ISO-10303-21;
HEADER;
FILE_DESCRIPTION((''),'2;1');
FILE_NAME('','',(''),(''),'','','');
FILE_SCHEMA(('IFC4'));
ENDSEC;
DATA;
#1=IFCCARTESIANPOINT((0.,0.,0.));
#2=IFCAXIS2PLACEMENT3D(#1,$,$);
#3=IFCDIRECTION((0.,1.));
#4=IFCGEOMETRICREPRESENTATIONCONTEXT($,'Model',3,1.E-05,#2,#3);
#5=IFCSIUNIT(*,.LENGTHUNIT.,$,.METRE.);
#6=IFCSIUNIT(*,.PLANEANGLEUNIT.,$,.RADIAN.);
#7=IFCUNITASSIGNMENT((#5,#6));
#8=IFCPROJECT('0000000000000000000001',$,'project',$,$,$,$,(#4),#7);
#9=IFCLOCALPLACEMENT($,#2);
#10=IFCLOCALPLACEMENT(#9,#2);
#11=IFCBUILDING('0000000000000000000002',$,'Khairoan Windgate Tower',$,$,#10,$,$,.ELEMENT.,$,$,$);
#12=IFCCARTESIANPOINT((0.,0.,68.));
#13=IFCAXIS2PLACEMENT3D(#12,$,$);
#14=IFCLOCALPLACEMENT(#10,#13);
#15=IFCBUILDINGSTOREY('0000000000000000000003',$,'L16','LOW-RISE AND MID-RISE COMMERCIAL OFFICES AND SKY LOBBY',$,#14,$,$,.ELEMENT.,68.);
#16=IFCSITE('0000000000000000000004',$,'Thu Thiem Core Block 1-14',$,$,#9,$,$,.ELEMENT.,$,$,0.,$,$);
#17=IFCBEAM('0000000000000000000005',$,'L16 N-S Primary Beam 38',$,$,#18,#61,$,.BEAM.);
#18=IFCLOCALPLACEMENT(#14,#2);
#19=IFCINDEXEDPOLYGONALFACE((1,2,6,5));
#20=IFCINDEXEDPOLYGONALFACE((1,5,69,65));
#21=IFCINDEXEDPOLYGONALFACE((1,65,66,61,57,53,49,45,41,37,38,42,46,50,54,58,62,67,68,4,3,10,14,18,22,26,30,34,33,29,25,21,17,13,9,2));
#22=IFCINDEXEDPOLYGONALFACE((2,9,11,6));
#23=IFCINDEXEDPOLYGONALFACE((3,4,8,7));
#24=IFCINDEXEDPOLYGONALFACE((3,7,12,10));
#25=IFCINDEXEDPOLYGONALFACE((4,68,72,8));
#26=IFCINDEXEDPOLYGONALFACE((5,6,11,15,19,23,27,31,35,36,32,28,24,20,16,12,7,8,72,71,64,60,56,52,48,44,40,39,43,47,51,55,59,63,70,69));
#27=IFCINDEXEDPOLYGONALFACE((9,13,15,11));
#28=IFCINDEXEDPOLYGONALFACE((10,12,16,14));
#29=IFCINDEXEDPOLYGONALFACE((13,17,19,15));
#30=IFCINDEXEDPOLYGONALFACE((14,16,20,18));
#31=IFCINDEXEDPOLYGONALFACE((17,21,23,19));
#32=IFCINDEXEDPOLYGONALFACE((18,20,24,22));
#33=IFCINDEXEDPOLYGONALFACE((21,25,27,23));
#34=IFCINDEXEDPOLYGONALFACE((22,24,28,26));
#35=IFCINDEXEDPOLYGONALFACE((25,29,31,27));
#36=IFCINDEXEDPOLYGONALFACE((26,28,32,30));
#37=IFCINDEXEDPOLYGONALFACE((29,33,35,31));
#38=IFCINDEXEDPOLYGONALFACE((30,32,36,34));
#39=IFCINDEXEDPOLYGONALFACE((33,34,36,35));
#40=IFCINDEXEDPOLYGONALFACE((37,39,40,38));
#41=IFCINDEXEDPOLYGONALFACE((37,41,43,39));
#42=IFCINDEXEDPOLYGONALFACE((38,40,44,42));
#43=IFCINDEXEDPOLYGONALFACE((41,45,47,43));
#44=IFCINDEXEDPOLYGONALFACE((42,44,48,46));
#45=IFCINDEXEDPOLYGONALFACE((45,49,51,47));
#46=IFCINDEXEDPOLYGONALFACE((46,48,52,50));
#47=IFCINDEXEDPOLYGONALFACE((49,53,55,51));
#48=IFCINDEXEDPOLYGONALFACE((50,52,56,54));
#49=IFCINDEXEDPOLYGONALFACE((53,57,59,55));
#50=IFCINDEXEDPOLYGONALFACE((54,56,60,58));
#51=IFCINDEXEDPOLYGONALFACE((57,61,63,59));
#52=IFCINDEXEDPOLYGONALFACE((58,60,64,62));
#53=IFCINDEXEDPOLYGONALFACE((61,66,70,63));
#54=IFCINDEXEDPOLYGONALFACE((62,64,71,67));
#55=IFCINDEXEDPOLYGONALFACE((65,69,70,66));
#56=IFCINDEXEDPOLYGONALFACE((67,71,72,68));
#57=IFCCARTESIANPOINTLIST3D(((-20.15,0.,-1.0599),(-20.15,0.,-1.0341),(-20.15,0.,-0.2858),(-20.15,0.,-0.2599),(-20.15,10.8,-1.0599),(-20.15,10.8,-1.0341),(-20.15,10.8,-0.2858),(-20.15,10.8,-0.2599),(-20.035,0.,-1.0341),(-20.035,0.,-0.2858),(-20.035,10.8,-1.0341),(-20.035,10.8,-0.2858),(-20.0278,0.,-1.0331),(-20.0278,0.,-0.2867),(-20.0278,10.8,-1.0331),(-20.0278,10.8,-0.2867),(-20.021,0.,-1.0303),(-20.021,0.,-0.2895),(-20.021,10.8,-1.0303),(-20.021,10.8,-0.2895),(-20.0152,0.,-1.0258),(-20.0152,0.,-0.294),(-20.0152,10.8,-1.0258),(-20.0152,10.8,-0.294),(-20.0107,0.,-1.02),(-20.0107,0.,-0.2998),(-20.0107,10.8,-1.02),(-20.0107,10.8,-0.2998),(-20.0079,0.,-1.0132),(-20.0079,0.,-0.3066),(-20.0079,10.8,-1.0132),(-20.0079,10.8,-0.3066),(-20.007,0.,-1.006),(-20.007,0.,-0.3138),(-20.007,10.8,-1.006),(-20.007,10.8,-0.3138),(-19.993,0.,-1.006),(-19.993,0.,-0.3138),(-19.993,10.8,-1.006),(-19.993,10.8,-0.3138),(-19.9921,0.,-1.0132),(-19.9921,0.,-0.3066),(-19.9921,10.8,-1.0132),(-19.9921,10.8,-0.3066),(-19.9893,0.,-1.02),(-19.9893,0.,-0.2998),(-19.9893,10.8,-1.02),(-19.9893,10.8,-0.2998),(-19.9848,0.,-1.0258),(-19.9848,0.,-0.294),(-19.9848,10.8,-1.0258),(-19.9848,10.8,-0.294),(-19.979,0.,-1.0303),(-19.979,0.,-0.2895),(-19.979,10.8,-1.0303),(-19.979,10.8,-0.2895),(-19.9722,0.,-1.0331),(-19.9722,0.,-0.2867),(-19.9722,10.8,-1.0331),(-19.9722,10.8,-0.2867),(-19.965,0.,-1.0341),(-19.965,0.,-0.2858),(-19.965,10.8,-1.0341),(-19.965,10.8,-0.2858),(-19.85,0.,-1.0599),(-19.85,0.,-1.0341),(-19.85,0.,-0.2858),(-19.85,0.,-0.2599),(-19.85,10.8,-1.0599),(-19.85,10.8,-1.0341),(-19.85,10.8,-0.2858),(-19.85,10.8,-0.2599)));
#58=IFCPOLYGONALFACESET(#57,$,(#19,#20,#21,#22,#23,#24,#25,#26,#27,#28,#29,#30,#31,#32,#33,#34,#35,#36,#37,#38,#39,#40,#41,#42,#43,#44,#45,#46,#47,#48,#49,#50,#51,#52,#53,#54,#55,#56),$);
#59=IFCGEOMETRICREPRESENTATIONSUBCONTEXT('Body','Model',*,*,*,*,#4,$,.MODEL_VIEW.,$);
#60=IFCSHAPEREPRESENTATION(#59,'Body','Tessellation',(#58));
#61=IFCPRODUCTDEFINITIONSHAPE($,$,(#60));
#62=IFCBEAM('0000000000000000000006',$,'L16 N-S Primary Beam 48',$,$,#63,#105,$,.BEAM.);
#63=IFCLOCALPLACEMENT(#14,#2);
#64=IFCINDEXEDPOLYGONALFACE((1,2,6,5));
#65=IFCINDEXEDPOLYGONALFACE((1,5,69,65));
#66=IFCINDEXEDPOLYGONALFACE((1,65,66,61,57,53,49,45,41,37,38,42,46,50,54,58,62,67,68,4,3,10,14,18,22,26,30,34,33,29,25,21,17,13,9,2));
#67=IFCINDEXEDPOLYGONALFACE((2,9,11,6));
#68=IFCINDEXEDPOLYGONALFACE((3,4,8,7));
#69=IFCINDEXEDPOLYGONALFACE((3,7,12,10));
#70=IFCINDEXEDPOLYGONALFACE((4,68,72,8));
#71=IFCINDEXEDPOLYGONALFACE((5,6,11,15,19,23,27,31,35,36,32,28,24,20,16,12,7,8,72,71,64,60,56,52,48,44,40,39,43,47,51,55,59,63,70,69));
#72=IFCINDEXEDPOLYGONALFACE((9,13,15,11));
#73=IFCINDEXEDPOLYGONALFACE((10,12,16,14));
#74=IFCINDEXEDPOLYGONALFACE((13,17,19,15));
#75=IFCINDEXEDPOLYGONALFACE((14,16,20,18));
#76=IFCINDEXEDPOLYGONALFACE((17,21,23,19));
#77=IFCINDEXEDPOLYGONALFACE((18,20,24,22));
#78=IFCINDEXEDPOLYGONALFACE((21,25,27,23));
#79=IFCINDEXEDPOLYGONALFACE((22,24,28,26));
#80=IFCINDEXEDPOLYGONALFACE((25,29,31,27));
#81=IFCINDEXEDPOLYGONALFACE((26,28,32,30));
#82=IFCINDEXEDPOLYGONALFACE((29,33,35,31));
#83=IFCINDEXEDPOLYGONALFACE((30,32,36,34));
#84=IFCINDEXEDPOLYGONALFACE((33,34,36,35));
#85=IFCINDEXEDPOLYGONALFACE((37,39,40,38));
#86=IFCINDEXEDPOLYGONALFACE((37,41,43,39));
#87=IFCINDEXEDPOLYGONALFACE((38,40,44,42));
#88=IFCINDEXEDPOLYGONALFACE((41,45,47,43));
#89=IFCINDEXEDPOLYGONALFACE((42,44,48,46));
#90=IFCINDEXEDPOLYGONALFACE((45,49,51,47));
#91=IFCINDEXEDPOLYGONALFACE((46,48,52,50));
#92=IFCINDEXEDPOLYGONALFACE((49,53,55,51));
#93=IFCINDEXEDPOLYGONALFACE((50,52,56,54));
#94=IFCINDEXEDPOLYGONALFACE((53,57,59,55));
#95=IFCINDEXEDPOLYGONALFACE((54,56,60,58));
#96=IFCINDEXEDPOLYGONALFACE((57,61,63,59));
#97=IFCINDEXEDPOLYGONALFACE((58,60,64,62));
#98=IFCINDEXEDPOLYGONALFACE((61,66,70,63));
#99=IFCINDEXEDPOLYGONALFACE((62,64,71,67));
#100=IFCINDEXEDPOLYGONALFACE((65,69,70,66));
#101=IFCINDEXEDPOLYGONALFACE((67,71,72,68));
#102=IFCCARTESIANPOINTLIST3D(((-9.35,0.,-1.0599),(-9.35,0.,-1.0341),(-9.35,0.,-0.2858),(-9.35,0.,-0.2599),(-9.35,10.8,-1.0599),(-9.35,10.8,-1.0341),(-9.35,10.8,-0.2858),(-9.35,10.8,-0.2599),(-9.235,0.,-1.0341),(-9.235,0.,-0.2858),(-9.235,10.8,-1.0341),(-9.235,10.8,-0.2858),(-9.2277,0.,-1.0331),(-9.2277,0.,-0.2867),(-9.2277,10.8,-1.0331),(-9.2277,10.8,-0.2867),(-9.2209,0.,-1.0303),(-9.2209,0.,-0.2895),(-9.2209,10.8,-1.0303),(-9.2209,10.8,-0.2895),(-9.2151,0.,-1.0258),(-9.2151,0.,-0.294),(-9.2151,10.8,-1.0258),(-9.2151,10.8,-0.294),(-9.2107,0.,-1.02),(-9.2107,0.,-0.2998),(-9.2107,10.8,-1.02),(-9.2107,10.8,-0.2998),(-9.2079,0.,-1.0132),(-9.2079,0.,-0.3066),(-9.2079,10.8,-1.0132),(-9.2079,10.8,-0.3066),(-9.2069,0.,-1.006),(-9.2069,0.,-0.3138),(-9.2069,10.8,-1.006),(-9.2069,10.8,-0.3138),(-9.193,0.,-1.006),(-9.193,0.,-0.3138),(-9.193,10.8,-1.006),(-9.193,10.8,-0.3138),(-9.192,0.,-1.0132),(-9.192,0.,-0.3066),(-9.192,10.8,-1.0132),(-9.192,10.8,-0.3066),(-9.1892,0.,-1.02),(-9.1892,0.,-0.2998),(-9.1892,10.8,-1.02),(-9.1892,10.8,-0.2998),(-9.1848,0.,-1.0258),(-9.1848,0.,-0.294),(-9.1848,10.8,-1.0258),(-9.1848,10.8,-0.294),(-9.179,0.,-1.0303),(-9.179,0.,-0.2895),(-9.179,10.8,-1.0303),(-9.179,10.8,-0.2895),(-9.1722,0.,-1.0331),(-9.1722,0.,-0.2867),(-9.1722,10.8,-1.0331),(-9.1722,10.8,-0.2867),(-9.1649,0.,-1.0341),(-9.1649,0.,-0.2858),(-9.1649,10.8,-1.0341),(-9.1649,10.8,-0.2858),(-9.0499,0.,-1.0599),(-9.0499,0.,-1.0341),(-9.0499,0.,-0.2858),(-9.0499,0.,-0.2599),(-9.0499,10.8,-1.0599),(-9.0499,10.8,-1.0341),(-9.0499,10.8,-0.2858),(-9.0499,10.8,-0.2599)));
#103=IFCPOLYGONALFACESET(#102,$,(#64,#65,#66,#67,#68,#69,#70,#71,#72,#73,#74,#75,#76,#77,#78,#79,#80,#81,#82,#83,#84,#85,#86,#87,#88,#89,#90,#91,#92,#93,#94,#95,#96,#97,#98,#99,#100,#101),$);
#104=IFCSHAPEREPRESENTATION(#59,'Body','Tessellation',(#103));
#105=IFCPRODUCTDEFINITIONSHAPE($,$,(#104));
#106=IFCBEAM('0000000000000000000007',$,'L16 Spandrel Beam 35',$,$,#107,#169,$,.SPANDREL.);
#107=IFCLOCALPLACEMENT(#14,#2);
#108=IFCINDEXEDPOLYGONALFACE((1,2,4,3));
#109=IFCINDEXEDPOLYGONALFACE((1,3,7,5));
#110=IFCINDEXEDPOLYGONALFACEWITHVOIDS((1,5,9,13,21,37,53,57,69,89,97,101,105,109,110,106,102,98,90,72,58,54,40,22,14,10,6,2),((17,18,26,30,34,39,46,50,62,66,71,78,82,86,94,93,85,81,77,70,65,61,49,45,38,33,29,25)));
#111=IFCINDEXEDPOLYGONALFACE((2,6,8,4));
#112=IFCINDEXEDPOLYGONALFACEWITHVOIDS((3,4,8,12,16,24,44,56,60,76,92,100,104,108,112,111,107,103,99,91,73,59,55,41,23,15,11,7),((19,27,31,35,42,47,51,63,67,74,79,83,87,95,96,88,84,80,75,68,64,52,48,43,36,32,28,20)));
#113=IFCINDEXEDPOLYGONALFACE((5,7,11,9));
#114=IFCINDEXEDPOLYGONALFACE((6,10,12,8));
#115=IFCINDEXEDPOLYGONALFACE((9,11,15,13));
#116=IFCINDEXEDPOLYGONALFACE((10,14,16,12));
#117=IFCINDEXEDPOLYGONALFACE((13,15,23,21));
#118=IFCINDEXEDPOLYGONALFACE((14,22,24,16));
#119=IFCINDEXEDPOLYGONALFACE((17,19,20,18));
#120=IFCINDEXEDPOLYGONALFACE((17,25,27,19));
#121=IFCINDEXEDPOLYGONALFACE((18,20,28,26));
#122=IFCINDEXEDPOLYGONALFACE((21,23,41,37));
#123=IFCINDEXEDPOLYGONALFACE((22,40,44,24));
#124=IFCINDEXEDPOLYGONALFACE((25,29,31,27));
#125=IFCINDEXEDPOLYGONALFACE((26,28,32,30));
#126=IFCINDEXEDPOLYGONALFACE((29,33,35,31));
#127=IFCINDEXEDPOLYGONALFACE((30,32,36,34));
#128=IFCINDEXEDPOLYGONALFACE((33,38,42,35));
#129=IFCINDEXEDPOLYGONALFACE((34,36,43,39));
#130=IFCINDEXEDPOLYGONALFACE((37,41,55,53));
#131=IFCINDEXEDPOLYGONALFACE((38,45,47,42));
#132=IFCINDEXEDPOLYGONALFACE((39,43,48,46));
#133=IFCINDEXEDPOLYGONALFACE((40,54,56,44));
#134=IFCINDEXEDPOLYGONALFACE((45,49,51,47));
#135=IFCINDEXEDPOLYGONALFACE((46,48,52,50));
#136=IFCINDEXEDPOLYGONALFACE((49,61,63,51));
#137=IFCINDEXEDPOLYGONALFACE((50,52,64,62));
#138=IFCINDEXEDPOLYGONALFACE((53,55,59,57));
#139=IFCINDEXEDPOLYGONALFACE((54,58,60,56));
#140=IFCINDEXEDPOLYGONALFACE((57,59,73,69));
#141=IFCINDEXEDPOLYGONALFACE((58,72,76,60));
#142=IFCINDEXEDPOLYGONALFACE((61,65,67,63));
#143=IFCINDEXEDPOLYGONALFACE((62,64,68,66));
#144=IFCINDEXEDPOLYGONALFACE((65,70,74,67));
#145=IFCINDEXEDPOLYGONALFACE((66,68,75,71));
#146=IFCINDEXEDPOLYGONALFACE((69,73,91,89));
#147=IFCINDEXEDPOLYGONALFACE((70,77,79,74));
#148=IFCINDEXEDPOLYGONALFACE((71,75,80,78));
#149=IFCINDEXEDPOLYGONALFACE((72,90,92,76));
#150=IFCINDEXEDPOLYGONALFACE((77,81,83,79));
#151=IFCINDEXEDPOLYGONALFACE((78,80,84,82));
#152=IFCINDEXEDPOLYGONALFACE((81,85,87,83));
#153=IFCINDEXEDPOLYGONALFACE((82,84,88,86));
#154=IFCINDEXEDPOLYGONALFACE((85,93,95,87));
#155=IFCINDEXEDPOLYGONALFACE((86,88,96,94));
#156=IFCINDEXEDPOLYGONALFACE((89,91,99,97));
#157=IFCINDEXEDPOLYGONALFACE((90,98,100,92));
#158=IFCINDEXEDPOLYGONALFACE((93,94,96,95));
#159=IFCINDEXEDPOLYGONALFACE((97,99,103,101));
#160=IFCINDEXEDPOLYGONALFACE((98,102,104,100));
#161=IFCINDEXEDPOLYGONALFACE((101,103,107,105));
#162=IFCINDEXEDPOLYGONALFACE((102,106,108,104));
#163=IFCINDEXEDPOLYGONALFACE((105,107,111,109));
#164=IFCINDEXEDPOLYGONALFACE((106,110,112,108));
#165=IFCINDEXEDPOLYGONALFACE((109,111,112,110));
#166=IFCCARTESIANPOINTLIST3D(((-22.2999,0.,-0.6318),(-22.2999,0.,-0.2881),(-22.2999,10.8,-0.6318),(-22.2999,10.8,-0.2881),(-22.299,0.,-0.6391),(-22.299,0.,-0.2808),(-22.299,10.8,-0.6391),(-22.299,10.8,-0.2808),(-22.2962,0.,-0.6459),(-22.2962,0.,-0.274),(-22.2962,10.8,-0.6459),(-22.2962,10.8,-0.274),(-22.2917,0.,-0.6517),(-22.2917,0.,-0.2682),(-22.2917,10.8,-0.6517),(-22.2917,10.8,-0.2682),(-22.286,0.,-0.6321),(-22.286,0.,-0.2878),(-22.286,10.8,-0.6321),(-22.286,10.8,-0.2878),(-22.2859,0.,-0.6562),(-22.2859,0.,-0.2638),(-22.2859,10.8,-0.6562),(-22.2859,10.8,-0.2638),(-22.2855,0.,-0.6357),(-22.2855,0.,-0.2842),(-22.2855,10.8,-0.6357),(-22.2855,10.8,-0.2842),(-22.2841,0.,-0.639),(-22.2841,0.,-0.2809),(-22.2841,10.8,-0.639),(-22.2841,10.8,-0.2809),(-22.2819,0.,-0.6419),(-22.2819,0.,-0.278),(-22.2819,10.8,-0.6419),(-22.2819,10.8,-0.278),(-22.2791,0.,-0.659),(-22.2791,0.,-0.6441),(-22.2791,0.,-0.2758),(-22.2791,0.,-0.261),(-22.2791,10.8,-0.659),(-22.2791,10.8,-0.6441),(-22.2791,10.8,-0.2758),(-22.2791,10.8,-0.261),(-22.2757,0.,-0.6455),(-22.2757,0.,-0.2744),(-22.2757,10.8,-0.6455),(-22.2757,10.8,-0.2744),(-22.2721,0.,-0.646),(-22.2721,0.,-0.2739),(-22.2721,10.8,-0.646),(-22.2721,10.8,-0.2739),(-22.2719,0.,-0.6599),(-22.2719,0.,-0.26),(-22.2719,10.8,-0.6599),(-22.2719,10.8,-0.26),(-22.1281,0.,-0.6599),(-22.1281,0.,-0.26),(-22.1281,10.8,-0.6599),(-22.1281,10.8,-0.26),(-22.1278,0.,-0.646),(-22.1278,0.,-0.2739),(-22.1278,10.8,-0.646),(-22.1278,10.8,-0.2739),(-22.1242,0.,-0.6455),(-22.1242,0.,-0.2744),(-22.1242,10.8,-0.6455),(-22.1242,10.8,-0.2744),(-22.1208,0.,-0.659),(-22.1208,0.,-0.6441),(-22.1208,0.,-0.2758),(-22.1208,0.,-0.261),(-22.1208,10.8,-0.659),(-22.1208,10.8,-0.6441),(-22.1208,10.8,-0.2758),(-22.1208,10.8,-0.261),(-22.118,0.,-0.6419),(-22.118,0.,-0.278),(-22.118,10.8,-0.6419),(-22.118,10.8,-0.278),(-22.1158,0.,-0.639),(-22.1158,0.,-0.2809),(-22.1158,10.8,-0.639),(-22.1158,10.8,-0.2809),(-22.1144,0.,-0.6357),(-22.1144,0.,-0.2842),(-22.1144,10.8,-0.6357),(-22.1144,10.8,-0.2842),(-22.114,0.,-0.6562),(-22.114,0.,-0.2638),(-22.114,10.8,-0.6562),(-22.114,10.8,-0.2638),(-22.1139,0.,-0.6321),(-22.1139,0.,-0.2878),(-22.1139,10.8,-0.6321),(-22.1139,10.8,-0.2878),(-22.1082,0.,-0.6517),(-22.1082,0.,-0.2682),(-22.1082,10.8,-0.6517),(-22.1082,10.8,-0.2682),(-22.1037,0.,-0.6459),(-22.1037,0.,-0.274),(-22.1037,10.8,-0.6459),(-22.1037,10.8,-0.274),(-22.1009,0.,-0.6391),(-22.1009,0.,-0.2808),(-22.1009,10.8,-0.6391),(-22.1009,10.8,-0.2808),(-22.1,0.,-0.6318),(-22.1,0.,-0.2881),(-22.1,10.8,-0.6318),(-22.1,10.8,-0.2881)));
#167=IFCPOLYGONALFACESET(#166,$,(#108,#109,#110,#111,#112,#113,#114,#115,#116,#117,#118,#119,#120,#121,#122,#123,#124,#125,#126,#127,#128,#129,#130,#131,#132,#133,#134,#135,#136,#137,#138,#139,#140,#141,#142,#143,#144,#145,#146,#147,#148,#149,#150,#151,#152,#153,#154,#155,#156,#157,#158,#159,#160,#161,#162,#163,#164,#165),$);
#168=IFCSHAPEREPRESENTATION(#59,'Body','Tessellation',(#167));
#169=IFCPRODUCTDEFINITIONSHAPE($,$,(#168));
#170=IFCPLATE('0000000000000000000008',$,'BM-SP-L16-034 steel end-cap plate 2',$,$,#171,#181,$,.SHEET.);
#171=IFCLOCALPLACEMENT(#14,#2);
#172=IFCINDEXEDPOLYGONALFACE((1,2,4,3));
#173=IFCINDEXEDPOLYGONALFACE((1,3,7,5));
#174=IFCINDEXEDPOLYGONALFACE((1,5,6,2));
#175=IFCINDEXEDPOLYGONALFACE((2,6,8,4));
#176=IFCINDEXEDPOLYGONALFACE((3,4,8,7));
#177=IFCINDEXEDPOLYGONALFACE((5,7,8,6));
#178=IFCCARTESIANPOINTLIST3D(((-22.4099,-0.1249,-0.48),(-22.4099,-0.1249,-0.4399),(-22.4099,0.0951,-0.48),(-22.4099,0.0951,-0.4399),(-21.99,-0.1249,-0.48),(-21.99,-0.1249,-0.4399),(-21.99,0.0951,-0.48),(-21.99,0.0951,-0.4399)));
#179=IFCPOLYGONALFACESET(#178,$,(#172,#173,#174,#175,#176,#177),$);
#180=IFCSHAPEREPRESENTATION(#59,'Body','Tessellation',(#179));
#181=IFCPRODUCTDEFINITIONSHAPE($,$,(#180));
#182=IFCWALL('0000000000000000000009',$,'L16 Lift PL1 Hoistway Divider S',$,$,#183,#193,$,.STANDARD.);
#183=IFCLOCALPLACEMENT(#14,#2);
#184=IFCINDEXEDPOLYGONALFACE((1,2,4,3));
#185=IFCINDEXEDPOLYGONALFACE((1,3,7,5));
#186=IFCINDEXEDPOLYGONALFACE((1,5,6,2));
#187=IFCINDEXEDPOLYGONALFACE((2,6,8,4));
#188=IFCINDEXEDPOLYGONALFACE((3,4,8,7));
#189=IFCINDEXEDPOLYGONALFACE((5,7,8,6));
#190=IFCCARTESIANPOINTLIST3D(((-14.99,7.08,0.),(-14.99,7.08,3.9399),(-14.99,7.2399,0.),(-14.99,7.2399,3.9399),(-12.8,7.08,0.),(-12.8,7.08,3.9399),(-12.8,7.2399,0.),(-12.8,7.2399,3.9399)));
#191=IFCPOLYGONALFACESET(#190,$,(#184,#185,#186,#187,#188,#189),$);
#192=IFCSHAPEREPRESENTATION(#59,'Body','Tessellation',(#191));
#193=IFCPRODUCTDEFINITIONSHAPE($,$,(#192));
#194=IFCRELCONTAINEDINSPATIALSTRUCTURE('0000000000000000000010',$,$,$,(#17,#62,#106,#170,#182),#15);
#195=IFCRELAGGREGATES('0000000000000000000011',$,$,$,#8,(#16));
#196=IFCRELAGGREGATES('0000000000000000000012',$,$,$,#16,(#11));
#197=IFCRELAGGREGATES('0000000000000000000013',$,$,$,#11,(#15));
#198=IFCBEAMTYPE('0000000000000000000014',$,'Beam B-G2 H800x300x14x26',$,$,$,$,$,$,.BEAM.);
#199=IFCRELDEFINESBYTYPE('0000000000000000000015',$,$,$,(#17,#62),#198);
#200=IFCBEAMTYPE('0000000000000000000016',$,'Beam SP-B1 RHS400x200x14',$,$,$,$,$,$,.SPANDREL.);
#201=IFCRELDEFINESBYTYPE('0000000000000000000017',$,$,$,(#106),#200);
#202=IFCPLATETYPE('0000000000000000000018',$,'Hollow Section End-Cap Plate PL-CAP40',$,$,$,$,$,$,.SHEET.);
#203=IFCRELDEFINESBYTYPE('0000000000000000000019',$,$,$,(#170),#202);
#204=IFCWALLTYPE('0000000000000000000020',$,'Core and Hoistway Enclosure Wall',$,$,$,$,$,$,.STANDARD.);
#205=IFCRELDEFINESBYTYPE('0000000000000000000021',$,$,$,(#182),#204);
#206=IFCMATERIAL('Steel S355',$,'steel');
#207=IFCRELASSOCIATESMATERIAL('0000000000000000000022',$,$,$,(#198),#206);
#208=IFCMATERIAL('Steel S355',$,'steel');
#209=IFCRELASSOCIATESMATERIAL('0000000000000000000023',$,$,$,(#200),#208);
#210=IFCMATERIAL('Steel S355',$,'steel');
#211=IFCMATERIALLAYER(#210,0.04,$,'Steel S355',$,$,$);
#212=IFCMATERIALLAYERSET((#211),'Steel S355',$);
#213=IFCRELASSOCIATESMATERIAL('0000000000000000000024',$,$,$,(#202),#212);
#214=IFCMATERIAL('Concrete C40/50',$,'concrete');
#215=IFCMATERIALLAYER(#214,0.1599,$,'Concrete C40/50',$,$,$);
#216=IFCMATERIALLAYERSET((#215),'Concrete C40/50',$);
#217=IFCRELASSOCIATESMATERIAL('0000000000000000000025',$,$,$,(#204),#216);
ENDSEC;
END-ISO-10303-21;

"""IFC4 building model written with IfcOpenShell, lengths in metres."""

from ifc_helpers import new_model, si_unit, direction, frame, frame_2d, origin, origin_2d, place, context, subcontext, project, spatial, rectangle, hollow_rectangle, i_section, extrude, material, layer, layer_set, material_profile, profile_set, type_object, element, save


model = new_model("IFC4")

# Units and contexts
model_context = context("Model", 3, precision=1e-05, world=origin(), true_north=direction((0.0, 1.0)))
body_context = subcontext(model_context, "Body", "Model", "MODEL_VIEW")
ifc_project = project(units=[si_unit("LENGTHUNIT", "METRE"), si_unit("PLANEANGLEUNIT", "RADIAN")], contexts=[model_context])

# Site, building, storey
site_placement = place(None, origin())
site = spatial("IfcSite", under=ifc_project, at=site_placement, Name="Thu Thiem Core Block 1-14", CompositionType="ELEMENT", RefElevation=0.0)
building_placement = place(site_placement, origin())
building = spatial("IfcBuilding", under=site, at=building_placement, Name="Khairoan Windgate Tower", CompositionType="ELEMENT")
storey_placement = place(building_placement, frame((0.0, 0.0, 68.0)))
storey = spatial("IfcBuildingStorey", under=building, at=storey_placement, Name="L16", Description="LOW-RISE AND MID-RISE COMMERCIAL OFFICES AND SKY LOBBY", CompositionType="ELEMENT", Elevation=68.0)

# Beams
ifc_material_1 = material(Name="Steel S355", Category="steel")
ifc_material_profile_1 = material_profile(ifc_material_1, i_section(OverallWidth=0.3, OverallDepth=0.8, WebThickness=0.0139, FlangeThickness=0.0259, FilletRadius=0.0281, at=origin_2d()))
ifc_profile_set_1 = profile_set([ifc_material_profile_1], Name="Steel S355")
beam_type_1 = type_object("IfcBeamType", Name="Beam B-G2 H800x300x14x26", PredefinedType="BEAM", material=ifc_profile_set_1)
for number, where, z_axis, x_axis, name in (
    (1, (-20.0, 0.0, -0.6599), (0.0, 1.0, 0.0), (-1.0, 0.0, 0.0), "L16 N-S Primary Beam 38"),
    (2, (-9.2, 0.0, -0.6599), (0.0, 1.0, 0.0), (-1.0, 0.0, 0.0), "L16 N-S Primary Beam 48"),
):
    element("IfcBeam", number, at=place(storey_placement, frame(where, z_axis=z_axis, x_axis=x_axis)), inside=storey, type_object=beam_type_1, Name=name, PredefinedType="BEAM", context=body_context, shape_type="SweptSolid", body=[
        extrude(i_section(OverallWidth=0.3, OverallDepth=0.8, WebThickness=0.0139, FlangeThickness=0.0259, FilletRadius=0.0281, at=origin_2d()), origin(), (0.0, 0.0, 1.0), 10.8),
    ])
ifc_material_2 = material(Name="Steel S355", Category="steel")
ifc_material_profile_2 = material_profile(ifc_material_2, hollow_rectangle(XDim=0.2, YDim=0.3999, WallThickness=0.0139, InnerFilletRadius=0.0139, OuterFilletRadius=0.0281, at=origin_2d()))
ifc_profile_set_2 = profile_set([ifc_material_profile_2], Name="Steel S355")
beam_type_2 = type_object("IfcBeamType", Name="Beam SP-B1 RHS400x200x14", PredefinedType="SPANDREL", material=ifc_profile_set_2)
beam_1_placement = place(storey_placement, frame((-22.2, 0.0, -0.46), z_axis=(0.0, 1.0, 0.0), x_axis=(-1.0, 0.0, 0.0)))
element("IfcBeam", 3, at=beam_1_placement, inside=storey, type_object=beam_type_2, Name="L16 Spandrel Beam 35", PredefinedType="SPANDREL", context=body_context, shape_type="SweptSolid", body=[
    extrude(hollow_rectangle(XDim=0.2, YDim=0.3999, WallThickness=0.0139, InnerFilletRadius=0.0139, OuterFilletRadius=0.0281, at=origin_2d()), origin(), (0.0, 0.0, 1.0), 10.8),
])

# Plate
ifc_material_3 = material(Name="Steel S355", Category="steel")
ifc_layer_1 = layer(ifc_material_3, 0.04, Name="Steel S355")
ifc_layer_set_1 = layer_set([ifc_layer_1], Name="Steel S355")
plate_type = type_object("IfcPlateType", Name="Hollow Section End-Cap Plate PL-CAP40", PredefinedType="SHEET", material=ifc_layer_set_1)
plate_placement = place(storey_placement, frame((-22.2, -0.0149, -0.48), z_axis=(0.0, 0.0, 1.0), x_axis=(0.0, 1.0, 0.0)))
element("IfcPlate", 4, at=plate_placement, inside=storey, type_object=plate_type, Name="BM-SP-L16-034 steel end-cap plate 2", PredefinedType="SHEET", context=body_context, shape_type="SweptSolid", body=[
    extrude(rectangle(XDim=0.22, YDim=0.4199, at=origin_2d()), origin(), (0.0, 0.0, 1.0), 0.04),
])

# Wall
ifc_material_4 = material(Name="Concrete C40/50", Category="concrete")
ifc_layer_2 = layer(ifc_material_4, 0.1599, Name="Concrete C40/50")
ifc_layer_set_2 = layer_set([ifc_layer_2], Name="Concrete C40/50")
wall_type_1 = type_object("IfcWallType", Name="Core and Hoistway Enclosure Wall", PredefinedType="STANDARD", material=ifc_layer_set_2)
wall_1_placement = place(storey_placement, frame((-14.99, 7.1599, 0.0), z_axis=(0.0, 0.0, 1.0), x_axis=(1.0, 0.0, 0.0)))
element("IfcWall", 5, at=wall_1_placement, inside=storey, type_object=wall_type_1, Name="L16 Lift PL1 Hoistway Divider S", PredefinedType="STANDARD", context=body_context, shape_type="SweptSolid", body=[
    extrude(rectangle(XDim=2.1899, YDim=0.1599, at=frame_2d((1.095, 0.0))), origin(), (0.0, 0.0, 1.0), 3.9399),
])

save(model, "model.ifc")
